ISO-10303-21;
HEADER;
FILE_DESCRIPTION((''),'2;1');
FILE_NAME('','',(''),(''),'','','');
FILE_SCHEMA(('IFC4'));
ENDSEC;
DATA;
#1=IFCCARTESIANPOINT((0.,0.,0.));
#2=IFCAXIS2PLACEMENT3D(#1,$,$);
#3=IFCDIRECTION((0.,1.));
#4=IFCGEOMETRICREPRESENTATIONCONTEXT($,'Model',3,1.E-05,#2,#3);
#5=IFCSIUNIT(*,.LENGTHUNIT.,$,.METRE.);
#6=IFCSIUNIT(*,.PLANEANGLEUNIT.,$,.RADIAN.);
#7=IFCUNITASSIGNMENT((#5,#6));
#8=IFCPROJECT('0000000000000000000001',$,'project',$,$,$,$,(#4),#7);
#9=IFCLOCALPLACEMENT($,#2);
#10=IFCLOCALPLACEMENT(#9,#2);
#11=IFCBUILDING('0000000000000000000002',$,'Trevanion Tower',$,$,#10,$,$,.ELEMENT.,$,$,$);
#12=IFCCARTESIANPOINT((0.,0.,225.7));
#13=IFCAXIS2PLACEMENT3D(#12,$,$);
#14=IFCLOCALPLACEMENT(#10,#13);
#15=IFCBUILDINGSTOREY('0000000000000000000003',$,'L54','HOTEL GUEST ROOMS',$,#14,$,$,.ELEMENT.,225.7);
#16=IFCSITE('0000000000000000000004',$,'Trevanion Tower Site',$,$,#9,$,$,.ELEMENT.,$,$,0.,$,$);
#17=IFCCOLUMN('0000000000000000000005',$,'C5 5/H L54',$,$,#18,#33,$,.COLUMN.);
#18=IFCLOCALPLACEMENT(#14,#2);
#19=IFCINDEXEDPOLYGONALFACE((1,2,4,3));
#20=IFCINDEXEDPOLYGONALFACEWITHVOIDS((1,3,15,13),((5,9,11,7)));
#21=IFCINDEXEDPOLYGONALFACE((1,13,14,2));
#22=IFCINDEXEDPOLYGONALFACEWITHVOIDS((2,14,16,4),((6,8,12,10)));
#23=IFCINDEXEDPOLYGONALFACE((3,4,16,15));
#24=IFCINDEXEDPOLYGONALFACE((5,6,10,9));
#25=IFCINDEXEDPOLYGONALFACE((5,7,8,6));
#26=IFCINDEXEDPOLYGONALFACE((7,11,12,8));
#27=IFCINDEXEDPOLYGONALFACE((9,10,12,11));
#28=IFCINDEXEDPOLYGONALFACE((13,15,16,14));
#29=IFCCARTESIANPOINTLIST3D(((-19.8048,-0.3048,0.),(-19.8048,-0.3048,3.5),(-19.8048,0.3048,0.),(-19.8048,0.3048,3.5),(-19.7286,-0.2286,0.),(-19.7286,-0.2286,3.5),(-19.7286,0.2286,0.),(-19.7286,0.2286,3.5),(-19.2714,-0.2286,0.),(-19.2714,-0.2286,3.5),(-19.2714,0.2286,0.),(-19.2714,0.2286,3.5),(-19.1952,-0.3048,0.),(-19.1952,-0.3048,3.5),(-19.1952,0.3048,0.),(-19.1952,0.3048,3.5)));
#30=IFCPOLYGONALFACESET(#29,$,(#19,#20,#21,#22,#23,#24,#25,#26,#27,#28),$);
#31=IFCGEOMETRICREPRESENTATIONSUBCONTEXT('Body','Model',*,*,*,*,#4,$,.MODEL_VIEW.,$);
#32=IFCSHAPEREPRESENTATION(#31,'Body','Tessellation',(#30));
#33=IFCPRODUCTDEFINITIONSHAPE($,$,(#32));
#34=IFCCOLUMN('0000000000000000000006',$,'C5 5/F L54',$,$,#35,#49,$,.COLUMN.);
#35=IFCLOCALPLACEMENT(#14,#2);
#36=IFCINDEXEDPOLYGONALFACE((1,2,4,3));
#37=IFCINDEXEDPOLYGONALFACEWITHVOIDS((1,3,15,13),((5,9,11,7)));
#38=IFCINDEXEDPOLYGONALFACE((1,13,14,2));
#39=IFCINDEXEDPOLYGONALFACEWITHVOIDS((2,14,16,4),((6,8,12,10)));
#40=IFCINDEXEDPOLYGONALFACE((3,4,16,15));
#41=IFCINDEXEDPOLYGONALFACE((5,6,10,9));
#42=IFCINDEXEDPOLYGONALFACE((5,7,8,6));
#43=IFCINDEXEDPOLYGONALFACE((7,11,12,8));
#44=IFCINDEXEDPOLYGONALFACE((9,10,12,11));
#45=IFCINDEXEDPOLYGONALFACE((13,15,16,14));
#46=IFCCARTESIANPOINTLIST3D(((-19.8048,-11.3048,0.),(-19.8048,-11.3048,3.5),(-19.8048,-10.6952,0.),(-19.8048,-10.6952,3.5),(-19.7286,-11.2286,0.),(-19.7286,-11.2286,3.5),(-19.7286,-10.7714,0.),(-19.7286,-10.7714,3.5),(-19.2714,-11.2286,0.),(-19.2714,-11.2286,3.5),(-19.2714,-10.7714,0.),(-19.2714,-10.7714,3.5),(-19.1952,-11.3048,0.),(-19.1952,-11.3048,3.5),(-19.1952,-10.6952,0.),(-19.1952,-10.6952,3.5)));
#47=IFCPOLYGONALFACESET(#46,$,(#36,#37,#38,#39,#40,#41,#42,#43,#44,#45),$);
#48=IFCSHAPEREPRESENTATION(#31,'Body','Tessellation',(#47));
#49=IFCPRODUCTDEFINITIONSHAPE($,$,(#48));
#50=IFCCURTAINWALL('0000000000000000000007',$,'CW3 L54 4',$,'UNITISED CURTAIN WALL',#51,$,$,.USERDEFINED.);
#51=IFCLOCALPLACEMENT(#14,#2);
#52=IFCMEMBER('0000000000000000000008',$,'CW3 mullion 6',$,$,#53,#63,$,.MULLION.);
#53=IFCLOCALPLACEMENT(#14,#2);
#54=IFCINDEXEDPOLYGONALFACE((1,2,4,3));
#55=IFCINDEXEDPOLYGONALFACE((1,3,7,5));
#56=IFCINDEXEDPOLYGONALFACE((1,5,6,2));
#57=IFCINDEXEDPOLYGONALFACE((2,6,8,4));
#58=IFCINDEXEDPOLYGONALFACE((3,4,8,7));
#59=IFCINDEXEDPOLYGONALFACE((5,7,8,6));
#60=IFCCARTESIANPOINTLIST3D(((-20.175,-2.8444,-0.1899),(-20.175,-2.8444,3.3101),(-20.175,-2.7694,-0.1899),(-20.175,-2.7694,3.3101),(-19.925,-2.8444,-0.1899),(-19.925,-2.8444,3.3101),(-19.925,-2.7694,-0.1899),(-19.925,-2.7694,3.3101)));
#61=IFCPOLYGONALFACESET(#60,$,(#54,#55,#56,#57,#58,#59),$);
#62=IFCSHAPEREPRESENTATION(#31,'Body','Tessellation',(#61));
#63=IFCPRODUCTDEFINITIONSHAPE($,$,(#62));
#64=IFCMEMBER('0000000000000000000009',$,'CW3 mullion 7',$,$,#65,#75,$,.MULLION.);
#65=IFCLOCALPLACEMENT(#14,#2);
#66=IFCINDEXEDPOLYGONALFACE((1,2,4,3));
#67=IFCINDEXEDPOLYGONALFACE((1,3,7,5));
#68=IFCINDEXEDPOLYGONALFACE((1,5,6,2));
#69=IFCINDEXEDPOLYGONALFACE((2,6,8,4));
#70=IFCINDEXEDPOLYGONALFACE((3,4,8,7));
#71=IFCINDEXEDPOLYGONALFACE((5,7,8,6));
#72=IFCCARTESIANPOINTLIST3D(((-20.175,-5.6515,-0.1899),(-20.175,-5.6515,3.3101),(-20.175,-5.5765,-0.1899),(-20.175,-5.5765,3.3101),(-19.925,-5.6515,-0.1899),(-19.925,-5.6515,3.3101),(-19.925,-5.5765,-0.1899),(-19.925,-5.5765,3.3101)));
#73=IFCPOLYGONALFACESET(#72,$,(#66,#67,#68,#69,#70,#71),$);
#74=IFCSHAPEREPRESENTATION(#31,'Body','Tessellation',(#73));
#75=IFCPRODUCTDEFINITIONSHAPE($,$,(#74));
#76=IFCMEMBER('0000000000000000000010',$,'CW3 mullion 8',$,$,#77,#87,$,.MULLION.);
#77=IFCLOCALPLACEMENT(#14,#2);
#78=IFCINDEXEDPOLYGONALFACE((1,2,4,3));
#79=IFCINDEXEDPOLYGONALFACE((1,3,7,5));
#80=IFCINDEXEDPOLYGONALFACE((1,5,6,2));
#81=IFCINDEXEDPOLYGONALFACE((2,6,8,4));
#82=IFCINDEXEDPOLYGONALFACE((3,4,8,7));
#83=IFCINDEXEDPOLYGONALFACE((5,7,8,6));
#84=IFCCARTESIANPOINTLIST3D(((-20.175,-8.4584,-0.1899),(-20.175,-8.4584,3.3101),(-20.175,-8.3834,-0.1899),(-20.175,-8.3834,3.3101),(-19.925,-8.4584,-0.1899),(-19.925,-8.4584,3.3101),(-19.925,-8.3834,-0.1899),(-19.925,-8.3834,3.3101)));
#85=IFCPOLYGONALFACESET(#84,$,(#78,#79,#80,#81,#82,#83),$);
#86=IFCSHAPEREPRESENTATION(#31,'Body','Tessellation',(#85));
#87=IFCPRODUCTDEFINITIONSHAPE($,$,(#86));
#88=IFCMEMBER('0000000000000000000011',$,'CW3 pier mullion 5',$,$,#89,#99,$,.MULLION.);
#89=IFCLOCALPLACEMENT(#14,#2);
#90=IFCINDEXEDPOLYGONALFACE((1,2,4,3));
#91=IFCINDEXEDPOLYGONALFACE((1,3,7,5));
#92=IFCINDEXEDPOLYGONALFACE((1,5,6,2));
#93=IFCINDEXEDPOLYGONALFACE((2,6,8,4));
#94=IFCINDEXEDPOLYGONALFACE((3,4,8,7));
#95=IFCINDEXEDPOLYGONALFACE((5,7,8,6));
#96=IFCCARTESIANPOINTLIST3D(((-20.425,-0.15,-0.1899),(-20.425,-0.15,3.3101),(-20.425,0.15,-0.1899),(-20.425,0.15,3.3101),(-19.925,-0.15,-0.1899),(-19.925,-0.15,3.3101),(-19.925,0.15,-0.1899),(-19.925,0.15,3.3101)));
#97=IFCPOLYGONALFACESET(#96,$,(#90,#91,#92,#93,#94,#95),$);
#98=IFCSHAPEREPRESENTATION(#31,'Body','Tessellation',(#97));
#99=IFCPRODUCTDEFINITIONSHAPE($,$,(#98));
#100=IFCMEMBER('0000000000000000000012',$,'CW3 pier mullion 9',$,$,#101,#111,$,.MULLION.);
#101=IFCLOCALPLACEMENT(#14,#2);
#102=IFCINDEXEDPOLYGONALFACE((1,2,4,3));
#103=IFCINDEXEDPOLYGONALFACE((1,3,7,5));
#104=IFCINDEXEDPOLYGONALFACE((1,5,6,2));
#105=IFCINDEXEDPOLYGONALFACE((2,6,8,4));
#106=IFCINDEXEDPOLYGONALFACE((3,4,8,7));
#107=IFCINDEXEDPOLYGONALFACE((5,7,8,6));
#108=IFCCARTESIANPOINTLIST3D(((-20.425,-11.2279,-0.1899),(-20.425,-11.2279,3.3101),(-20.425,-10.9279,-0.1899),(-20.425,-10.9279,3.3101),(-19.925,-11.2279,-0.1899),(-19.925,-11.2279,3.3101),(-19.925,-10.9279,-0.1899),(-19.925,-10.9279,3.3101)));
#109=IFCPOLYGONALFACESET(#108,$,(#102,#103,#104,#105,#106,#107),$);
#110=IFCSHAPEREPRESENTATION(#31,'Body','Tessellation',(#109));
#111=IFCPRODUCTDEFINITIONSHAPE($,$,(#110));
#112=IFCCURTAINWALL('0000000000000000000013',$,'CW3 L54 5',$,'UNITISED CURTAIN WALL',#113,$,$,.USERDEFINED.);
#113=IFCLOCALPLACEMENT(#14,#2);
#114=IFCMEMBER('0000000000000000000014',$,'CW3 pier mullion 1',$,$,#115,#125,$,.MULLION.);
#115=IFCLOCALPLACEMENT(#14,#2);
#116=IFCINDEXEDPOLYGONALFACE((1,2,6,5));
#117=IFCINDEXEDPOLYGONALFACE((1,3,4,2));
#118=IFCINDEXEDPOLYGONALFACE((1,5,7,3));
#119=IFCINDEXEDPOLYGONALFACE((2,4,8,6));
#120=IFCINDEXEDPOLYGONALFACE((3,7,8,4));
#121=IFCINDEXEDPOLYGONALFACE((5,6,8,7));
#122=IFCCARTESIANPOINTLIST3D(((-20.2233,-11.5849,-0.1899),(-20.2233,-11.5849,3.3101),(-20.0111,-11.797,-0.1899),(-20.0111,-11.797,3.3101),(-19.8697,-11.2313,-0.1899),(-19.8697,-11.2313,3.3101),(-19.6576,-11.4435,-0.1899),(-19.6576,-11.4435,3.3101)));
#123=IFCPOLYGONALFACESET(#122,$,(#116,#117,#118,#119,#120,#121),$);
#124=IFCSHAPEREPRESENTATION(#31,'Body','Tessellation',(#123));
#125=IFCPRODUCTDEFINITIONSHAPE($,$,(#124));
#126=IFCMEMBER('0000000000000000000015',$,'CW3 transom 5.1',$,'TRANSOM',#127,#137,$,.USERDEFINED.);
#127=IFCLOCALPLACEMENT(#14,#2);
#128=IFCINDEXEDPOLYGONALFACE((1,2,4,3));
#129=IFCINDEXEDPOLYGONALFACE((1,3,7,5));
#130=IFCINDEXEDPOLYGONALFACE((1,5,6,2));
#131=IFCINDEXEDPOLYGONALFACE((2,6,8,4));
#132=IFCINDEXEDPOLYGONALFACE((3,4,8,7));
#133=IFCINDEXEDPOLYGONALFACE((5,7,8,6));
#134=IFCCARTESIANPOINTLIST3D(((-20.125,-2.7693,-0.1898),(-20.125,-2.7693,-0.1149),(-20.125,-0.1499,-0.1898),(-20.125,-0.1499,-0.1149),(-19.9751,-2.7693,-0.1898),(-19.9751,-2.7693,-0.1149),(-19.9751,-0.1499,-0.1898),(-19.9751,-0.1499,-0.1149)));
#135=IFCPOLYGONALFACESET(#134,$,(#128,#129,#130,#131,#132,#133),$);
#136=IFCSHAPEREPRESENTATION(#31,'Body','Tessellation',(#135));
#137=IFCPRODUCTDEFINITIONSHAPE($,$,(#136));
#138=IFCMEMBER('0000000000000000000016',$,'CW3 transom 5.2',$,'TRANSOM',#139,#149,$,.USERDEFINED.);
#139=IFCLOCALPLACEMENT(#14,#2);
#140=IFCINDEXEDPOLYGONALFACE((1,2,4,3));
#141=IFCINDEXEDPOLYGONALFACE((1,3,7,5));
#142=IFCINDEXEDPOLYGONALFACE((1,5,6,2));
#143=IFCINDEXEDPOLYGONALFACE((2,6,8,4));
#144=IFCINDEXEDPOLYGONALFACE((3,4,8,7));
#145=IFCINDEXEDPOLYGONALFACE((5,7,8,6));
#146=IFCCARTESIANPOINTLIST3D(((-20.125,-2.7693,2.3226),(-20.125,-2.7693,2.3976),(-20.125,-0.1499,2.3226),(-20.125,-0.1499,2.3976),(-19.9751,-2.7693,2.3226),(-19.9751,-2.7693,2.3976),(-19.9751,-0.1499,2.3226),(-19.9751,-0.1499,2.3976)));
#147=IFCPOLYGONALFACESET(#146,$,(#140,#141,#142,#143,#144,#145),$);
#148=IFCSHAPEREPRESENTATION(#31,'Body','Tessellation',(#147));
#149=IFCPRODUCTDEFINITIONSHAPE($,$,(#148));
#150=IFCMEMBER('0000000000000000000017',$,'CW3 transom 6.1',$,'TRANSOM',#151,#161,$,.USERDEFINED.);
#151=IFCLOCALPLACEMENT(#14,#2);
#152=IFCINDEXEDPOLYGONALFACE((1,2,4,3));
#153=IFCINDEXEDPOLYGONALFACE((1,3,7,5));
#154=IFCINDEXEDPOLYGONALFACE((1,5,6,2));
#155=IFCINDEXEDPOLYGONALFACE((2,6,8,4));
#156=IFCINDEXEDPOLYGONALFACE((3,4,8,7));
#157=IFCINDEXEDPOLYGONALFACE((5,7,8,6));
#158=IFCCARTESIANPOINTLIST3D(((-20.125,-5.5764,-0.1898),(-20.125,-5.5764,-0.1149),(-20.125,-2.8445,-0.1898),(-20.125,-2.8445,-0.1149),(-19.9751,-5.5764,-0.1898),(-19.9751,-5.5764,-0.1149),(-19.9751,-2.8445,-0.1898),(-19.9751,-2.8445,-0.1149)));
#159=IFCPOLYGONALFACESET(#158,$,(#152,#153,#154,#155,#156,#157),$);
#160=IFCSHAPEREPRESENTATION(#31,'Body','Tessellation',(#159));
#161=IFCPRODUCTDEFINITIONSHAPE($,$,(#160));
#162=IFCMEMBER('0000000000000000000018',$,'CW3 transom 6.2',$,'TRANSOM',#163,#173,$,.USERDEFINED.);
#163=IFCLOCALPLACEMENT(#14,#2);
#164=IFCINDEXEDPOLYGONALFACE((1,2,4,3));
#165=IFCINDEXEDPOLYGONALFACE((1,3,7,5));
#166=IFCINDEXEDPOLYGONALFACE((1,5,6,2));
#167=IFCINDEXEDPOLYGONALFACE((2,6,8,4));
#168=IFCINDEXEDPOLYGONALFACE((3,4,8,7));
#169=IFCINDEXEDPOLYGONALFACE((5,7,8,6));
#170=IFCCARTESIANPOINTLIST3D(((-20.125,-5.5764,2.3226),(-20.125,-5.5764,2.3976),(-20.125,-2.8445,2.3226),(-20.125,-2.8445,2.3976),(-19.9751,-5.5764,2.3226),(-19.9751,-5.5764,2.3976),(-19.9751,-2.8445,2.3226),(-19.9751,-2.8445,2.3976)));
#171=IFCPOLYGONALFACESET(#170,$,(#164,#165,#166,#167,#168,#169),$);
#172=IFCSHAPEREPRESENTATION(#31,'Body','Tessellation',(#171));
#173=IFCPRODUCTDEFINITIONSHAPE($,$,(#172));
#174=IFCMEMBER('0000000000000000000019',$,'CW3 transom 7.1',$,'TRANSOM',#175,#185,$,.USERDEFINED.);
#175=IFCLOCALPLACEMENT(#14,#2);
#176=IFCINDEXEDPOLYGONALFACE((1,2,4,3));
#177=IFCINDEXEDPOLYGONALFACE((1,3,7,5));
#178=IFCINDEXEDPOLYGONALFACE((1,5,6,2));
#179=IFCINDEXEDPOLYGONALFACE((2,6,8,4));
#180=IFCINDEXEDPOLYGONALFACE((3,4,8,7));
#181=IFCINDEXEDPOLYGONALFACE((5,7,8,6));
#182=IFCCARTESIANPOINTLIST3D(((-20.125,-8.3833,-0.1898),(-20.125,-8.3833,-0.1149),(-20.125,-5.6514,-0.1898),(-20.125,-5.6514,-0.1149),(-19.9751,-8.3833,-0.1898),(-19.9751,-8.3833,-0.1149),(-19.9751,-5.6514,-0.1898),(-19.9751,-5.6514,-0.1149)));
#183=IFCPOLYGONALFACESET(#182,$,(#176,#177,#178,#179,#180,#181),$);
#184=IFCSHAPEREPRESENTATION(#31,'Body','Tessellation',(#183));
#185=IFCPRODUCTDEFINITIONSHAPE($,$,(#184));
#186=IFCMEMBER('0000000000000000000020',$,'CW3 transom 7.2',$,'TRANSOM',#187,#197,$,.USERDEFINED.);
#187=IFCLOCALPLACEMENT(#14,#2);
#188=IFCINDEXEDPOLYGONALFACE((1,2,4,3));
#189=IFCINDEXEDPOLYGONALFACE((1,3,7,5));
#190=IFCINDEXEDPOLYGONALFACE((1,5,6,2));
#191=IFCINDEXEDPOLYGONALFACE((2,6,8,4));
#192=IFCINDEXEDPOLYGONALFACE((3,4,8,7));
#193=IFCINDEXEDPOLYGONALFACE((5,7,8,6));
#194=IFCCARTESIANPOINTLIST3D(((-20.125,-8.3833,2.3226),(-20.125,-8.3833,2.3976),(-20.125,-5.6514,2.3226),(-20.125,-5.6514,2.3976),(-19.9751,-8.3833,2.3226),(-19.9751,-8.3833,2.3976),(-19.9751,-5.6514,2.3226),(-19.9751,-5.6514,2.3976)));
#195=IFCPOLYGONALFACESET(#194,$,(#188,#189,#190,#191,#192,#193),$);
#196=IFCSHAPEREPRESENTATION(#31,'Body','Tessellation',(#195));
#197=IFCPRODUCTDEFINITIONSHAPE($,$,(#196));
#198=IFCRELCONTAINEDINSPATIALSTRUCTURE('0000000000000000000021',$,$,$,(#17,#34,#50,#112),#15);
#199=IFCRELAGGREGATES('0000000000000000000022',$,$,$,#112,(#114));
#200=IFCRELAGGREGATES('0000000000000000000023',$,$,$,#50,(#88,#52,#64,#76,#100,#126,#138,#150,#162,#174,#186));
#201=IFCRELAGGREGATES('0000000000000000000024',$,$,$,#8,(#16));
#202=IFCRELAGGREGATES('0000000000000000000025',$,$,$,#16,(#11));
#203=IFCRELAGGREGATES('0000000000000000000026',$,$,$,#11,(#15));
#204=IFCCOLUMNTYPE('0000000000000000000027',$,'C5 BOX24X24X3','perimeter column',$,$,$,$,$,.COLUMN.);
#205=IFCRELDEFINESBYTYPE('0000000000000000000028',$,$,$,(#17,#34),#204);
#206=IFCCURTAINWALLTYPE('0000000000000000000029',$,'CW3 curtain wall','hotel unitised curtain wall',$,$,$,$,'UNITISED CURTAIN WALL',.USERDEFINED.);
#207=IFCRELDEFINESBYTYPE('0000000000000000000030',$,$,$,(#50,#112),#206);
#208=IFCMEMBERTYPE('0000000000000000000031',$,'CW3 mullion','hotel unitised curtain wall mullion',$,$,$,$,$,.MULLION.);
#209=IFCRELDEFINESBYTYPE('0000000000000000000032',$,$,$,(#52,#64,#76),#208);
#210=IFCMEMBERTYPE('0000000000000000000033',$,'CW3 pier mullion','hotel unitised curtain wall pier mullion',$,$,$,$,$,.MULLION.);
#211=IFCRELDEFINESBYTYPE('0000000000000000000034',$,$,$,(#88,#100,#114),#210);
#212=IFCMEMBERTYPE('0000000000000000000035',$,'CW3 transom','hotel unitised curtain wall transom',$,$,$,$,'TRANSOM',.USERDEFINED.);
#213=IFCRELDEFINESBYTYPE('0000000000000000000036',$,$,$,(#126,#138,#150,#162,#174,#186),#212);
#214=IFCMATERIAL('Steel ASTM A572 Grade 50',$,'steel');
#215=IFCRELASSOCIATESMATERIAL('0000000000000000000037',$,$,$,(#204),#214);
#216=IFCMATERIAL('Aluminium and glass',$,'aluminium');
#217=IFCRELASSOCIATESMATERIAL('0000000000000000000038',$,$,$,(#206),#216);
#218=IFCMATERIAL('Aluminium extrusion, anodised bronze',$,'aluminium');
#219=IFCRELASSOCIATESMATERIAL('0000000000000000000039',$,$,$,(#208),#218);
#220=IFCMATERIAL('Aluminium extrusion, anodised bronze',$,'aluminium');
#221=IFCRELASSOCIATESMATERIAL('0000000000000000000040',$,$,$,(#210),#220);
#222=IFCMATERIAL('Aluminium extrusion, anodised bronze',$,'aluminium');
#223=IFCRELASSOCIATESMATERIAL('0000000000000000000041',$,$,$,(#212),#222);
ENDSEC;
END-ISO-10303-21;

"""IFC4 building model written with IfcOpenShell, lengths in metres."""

from ifc_helpers import new_model, si_unit, direction, frame, origin, origin_2d, place, context, subcontext, project, spatial, rectangle, hollow_rectangle, extrude, material, material_profile, profile_set, type_object, element, aggregate, save


model = new_model("IFC4")

# Units and contexts
model_context = context("Model", 3, precision=1e-05, world=origin(), true_north=direction((0.0, 1.0)))
body_context = subcontext(model_context, "Body", "Model", "MODEL_VIEW")
ifc_project = project(units=[si_unit("LENGTHUNIT", "METRE"), si_unit("PLANEANGLEUNIT", "RADIAN")], contexts=[model_context])

# Site, building, storey
site_placement = place(None, origin())
site = spatial("IfcSite", under=ifc_project, at=site_placement, Name="Trevanion Tower Site", CompositionType="ELEMENT", RefElevation=0.0)
building_placement = place(site_placement, origin())
building = spatial("IfcBuilding", under=site, at=building_placement, Name="Trevanion Tower", CompositionType="ELEMENT")
storey_placement = place(building_placement, frame((0.0, 0.0, 225.7)))
storey = spatial("IfcBuildingStorey", under=building, at=storey_placement, Name="L54", Description="HOTEL GUEST ROOMS", CompositionType="ELEMENT", Elevation=225.7)

# Columns
ifc_material_1 = material(Name="Steel ASTM A572 Grade 50", Category="steel")
ifc_material_profile_1 = material_profile(ifc_material_1, hollow_rectangle(XDim=0.6096, YDim=0.6096, WallThickness=0.0762, at=origin_2d()), Name="BOX24X24X3")
ifc_profile_set_1 = profile_set([ifc_material_profile_1], Name="Steel ASTM A572 Grade 50")
column_type = type_object("IfcColumnType", Name="C5 BOX24X24X3", Description="perimeter column", PredefinedType="COLUMN", material=ifc_profile_set_1)
for number, where, z_axis, x_axis, name in (
    (1, (-19.5, 0.0, 0.0), (0.0, 0.0, 1.0), (0.0, 1.0, 0.0), "C5 5/H L54"),
    (2, (-19.5, -11.0, 0.0), (0.0, 0.0, 1.0), (0.0, 1.0, 0.0), "C5 5/F L54"),
):
    element("IfcColumn", number, at=place(storey_placement, frame(where, z_axis=z_axis, x_axis=x_axis)), inside=storey, type_object=column_type, Name=name, PredefinedType="COLUMN", context=body_context, shape_type="SweptSolid", body=[
        extrude(hollow_rectangle(XDim=0.6096, YDim=0.6096, WallThickness=0.0762, at=origin_2d()), origin(), (0.0, 0.0, 1.0), 3.5),
    ])

# Curtain wall, members
ifc_material_2 = material(Name="Aluminium and glass", Category="aluminium")
curtain_wall_type = type_object("IfcCurtainWallType", Name="CW3 curtain wall", Description="hotel unitised curtain wall", ElementType="UNITISED CURTAIN WALL", PredefinedType="USERDEFINED", material=ifc_material_2)
curtain_wall_1_placement = place(storey_placement, origin())
curtain_wall_1 = element("IfcCurtainWall", 3, at=curtain_wall_1_placement, inside=storey, type_object=curtain_wall_type, Name="CW3 L54 4", ObjectType="UNITISED CURTAIN WALL", PredefinedType="USERDEFINED")
ifc_material_3 = material(Name="Aluminium extrusion, anodised bronze", Category="aluminium")
ifc_material_profile_2 = material_profile(ifc_material_3, rectangle(XDim=0.075, YDim=0.25, at=origin_2d()), Name="CW3 mullion")
ifc_profile_set_2 = profile_set([ifc_material_profile_2], Name="Aluminium extrusion, anodised bronze")
member_type_1 = type_object("IfcMemberType", Name="CW3 mullion", Description="hotel unitised curtain wall mullion", PredefinedType="MULLION", material=ifc_profile_set_2)
member_1_placement = place(storey_placement, frame((-20.05, -2.8069, -0.1899), z_axis=(0.0, 0.0, 1.0), x_axis=(0.0, -1.0, 0.0)))
member_1 = element("IfcMember", 4, at=member_1_placement, type_object=member_type_1, Name="CW3 mullion 6", PredefinedType="MULLION", context=body_context, shape_type="SweptSolid", body=[
    extrude(rectangle(XDim=0.075, YDim=0.25, at=origin_2d()), origin(), (0.0, 0.0, 1.0), 3.5),
])
member_2_placement = place(storey_placement, frame((-20.05, -5.614, -0.1899), z_axis=(0.0, 0.0, 1.0), x_axis=(0.0, -1.0, 0.0)))
member_2 = element("IfcMember", 5, at=member_2_placement, type_object=member_type_1, Name="CW3 mullion 7", PredefinedType="MULLION", context=body_context, shape_type="SweptSolid", body=[
    extrude(rectangle(XDim=0.075, YDim=0.25, at=origin_2d()), origin(), (0.0, 0.0, 1.0), 3.5),
])
member_3_placement = place(storey_placement, frame((-20.05, -8.4209, -0.1899), z_axis=(0.0, 0.0, 1.0), x_axis=(0.0, -1.0, 0.0)))
member_3 = element("IfcMember", 6, at=member_3_placement, type_object=member_type_1, Name="CW3 mullion 8", PredefinedType="MULLION", context=body_context, shape_type="SweptSolid", body=[
    extrude(rectangle(XDim=0.075, YDim=0.25, at=origin_2d()), origin(), (0.0, 0.0, 1.0), 3.5),
])
ifc_material_4 = material(Name="Aluminium extrusion, anodised bronze", Category="aluminium")
ifc_material_profile_3 = material_profile(ifc_material_4, rectangle(XDim=0.3, YDim=0.5, at=origin_2d()), Name="CW3 pier mullion")
ifc_profile_set_3 = profile_set([ifc_material_profile_3], Name="Aluminium extrusion, anodised bronze")
member_type_2 = type_object("IfcMemberType", Name="CW3 pier mullion", Description="hotel unitised curtain wall pier mullion", PredefinedType="MULLION", material=ifc_profile_set_3)
member_4_placement = place(storey_placement, frame((-20.175, 0.0, -0.1899), z_axis=(0.0, 0.0, 1.0), x_axis=(0.0, -1.0, 0.0)))
member_4 = element("IfcMember", 7, at=member_4_placement, type_object=member_type_2, Name="CW3 pier mullion 5", PredefinedType="MULLION", context=body_context, shape_type="SweptSolid", body=[
    extrude(rectangle(XDim=0.3, YDim=0.5, at=origin_2d()), origin(), (0.0, 0.0, 1.0), 3.5),
])
member_5_placement = place(storey_placement, frame((-20.175, -11.0779, -0.1899), z_axis=(0.0, 0.0, 1.0), x_axis=(0.0, -1.0, 0.0)))
member_5 = element("IfcMember", 8, at=member_5_placement, type_object=member_type_2, Name="CW3 pier mullion 9", PredefinedType="MULLION", context=body_context, shape_type="SweptSolid", body=[
    extrude(rectangle(XDim=0.3, YDim=0.5, at=origin_2d()), origin(), (0.0, 0.0, 1.0), 3.5),
])

# Curtain wall, member
curtain_wall_2_placement = place(storey_placement, origin())
curtain_wall_2 = element("IfcCurtainWall", 9, at=curtain_wall_2_placement, inside=storey, type_object=curtain_wall_type, Name="CW3 L54 5", ObjectType="UNITISED CURTAIN WALL", PredefinedType="USERDEFINED")
member_6_placement = place(storey_placement, frame((-19.9404, -11.5142, -0.1899), z_axis=(0.0, 0.0, 1.0), x_axis=(0.707107, -0.707107, 0.0)))
member_6 = element("IfcMember", 10, at=member_6_placement, type_object=member_type_2, Name="CW3 pier mullion 1", PredefinedType="MULLION", context=body_context, shape_type="SweptSolid", body=[
    extrude(rectangle(XDim=0.3, YDim=0.5, at=origin_2d()), origin(), (0.0, 0.0, 1.0), 3.5),
])
aggregate(curtain_wall_2, [member_6])

# Members
ifc_material_5 = material(Name="Aluminium extrusion, anodised bronze", Category="aluminium")
ifc_material_profile_4 = material_profile(ifc_material_5, rectangle(XDim=0.1499, YDim=0.075, at=origin_2d()), Name="CW3 transom")
ifc_profile_set_4 = profile_set([ifc_material_profile_4], Name="Aluminium extrusion, anodised bronze")
member_type_3 = type_object("IfcMemberType", Name="CW3 transom", Description="hotel unitised curtain wall transom", ElementType="TRANSOM", PredefinedType="USERDEFINED", material=ifc_profile_set_4)
member_7_placement = place(storey_placement, frame((-20.05, -0.1499, -0.1523), z_axis=(0.0, -1.0, 0.0), x_axis=(1.0, 0.0, 0.0)))
member_7 = element("IfcMember", 11, at=member_7_placement, type_object=member_type_3, Name="CW3 transom 5.1", ObjectType="TRANSOM", PredefinedType="USERDEFINED", context=body_context, shape_type="SweptSolid", body=[
    extrude(rectangle(XDim=0.1499, YDim=0.075, at=origin_2d()), origin(), (0.0, 0.0, 1.0), 2.6194),
])
member_8_placement = place(storey_placement, frame((-20.05, -0.1499, 2.3601), z_axis=(0.0, -1.0, 0.0), x_axis=(1.0, 0.0, 0.0)))
member_8 = element("IfcMember", 12, at=member_8_placement, type_object=member_type_3, Name="CW3 transom 5.2", ObjectType="TRANSOM", PredefinedType="USERDEFINED", context=body_context, shape_type="SweptSolid", body=[
    extrude(rectangle(XDim=0.1499, YDim=0.075, at=origin_2d()), origin(), (0.0, 0.0, 1.0), 2.6194),
])
member_9_placement = place(storey_placement, frame((-20.05, -2.8445, -0.1523), z_axis=(0.0, -1.0, 0.0), x_axis=(1.0, 0.0, 0.0)))
member_9 = element("IfcMember", 13, at=member_9_placement, type_object=member_type_3, Name="CW3 transom 6.1", ObjectType="TRANSOM", PredefinedType="USERDEFINED", context=body_context, shape_type="SweptSolid", body=[
    extrude(rectangle(XDim=0.1499, YDim=0.075, at=origin_2d()), origin(), (0.0, 0.0, 1.0), 2.7319),
])
member_10_placement = place(storey_placement, frame((-20.05, -2.8445, 2.3601), z_axis=(0.0, -1.0, 0.0), x_axis=(1.0, 0.0, 0.0)))
member_10 = element("IfcMember", 14, at=member_10_placement, type_object=member_type_3, Name="CW3 transom 6.2", ObjectType="TRANSOM", PredefinedType="USERDEFINED", context=body_context, shape_type="SweptSolid", body=[
    extrude(rectangle(XDim=0.1499, YDim=0.075, at=origin_2d()), origin(), (0.0, 0.0, 1.0), 2.7319),
])
member_11_placement = place(storey_placement, frame((-20.05, -5.6514, -0.1523), z_axis=(0.0, -1.0, 0.0), x_axis=(1.0, 0.0, 0.0)))
member_11 = element("IfcMember", 15, at=member_11_placement, type_object=member_type_3, Name="CW3 transom 7.1", ObjectType="TRANSOM", PredefinedType="USERDEFINED", context=body_context, shape_type="SweptSolid", body=[
    extrude(rectangle(XDim=0.1499, YDim=0.075, at=origin_2d()), origin(), (0.0, 0.0, 1.0), 2.7319),
])
member_12_placement = place(storey_placement, frame((-20.05, -5.6514, 2.3601), z_axis=(0.0, -1.0, 0.0), x_axis=(1.0, 0.0, 0.0)))
member_12 = element("IfcMember", 16, at=member_12_placement, type_object=member_type_3, Name="CW3 transom 7.2", ObjectType="TRANSOM", PredefinedType="USERDEFINED", context=body_context, shape_type="SweptSolid", body=[
    extrude(rectangle(XDim=0.1499, YDim=0.075, at=origin_2d()), origin(), (0.0, 0.0, 1.0), 2.7319),
])

aggregate(curtain_wall_1, [member_4, member_1, member_2, member_3, member_5, member_7, member_8, member_9, member_10, member_11, member_12])

save(model, "model.ifc")
